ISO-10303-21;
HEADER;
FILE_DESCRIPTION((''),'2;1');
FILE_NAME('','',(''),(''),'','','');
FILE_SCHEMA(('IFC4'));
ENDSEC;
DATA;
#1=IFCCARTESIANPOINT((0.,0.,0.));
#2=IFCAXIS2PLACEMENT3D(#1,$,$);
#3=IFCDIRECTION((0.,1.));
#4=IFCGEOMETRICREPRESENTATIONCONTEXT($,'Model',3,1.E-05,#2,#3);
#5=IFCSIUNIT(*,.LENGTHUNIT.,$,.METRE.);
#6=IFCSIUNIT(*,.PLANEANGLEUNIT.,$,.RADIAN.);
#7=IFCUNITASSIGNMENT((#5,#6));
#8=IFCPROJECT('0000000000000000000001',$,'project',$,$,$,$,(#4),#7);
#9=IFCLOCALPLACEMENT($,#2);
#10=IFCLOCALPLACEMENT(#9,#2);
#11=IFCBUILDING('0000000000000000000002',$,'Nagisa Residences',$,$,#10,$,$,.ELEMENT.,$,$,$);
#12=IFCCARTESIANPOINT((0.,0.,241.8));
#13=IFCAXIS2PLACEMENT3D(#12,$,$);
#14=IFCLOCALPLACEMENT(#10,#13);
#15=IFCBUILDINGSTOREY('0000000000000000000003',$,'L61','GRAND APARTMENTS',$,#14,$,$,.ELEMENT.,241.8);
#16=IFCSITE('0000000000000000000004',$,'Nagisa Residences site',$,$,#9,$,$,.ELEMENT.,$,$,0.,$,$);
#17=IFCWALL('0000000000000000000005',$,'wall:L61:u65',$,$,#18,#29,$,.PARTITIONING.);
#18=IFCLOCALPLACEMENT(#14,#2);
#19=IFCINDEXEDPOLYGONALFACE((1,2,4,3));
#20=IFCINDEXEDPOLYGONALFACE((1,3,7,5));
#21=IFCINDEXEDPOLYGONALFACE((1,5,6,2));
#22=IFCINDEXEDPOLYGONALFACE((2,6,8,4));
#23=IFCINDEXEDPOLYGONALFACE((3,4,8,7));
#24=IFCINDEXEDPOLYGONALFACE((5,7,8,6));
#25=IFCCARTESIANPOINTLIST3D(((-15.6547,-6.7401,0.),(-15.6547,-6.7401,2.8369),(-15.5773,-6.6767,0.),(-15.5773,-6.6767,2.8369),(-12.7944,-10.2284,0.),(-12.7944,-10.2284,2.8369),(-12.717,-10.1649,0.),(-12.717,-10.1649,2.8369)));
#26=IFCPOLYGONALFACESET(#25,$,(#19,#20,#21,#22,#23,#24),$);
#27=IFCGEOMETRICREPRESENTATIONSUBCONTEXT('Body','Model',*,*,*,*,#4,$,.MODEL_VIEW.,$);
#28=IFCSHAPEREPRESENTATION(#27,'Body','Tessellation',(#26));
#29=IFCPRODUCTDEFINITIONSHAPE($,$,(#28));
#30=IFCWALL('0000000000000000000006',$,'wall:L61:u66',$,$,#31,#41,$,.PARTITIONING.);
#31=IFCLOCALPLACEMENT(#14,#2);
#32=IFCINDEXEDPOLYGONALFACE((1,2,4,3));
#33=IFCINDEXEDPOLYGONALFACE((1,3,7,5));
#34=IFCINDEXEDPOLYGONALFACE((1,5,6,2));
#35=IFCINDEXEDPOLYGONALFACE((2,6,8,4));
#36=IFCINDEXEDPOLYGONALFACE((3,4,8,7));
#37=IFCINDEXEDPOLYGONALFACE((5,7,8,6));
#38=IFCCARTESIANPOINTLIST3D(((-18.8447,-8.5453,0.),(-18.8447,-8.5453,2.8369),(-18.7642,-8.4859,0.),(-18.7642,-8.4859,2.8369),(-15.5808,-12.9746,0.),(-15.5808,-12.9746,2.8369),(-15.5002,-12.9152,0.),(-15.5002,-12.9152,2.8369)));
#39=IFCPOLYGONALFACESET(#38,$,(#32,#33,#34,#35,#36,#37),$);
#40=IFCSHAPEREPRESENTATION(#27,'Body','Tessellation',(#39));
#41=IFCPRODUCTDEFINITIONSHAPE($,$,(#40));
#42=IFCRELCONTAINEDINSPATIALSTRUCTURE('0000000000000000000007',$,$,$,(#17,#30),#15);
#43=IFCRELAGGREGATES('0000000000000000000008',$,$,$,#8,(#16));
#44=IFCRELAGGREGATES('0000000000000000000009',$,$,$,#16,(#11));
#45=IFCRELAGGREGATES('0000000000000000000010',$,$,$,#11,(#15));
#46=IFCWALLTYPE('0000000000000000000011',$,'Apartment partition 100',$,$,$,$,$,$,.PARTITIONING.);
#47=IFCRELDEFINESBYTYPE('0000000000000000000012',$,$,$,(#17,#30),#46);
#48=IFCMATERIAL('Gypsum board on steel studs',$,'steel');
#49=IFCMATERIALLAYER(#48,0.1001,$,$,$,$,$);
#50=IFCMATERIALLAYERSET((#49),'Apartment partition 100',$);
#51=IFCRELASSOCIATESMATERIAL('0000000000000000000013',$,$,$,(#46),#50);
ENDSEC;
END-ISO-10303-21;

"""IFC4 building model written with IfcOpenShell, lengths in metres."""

from ifc_helpers import new_model, si_unit, direction, frame, frame_2d, origin, place, context, subcontext, project, spatial, rectangle, extrude, material, layer, layer_set, type_object, element, save


model = new_model("IFC4")

# Units and contexts
model_context = context("Model", 3, precision=1e-05, world=origin(), true_north=direction((0.0, 1.0)))
body_context = subcontext(model_context, "Body", "Model", "MODEL_VIEW")
ifc_project = project(units=[si_unit("LENGTHUNIT", "METRE"), si_unit("PLANEANGLEUNIT", "RADIAN")], contexts=[model_context])

# Site, building, storey
site_placement = place(None, origin())
site = spatial("IfcSite", under=ifc_project, at=site_placement, Name="Nagisa Residences site", CompositionType="ELEMENT", RefElevation=0.0)
building_placement = place(site_placement, origin())
building = spatial("IfcBuilding", under=site, at=building_placement, Name="Nagisa Residences", CompositionType="ELEMENT")
storey_placement = place(building_placement, frame((0.0, 0.0, 241.8)))
storey = spatial("IfcBuildingStorey", under=building, at=storey_placement, Name="L61", Description="GRAND APARTMENTS", CompositionType="ELEMENT", Elevation=241.8)

# Shared definitions
ifc_material_1 = material(Name="Gypsum board on steel studs", Category="steel")
ifc_layer_1 = layer(ifc_material_1, 0.1001)
ifc_layer_set_1 = layer_set([ifc_layer_1], Name="Apartment partition 100")
wall_type_1 = type_object("IfcWallType", Name="Apartment partition 100", PredefinedType="PARTITIONING", material=ifc_layer_set_1)

# Walls
wall_1_placement = place(storey_placement, frame((-15.616, -6.7085, 0.0), z_axis=(0.0, 0.0, 1.0), x_axis=(0.634074, -0.773272, 0.0)))
element("IfcWall", 1, at=wall_1_placement, inside=storey, type_object=wall_type_1, Name="wall:L61:u65", PredefinedType="PARTITIONING", context=body_context, shape_type="SweptSolid", body=[
    extrude(rectangle(XDim=4.511, YDim=0.1001, at=frame_2d((2.2554, 0.0))), origin(), (0.0, 0.0, 1.0), 2.8369),
])
wall_2_placement = place(storey_placement, frame((-18.8044, -8.5156, 0.0), z_axis=(0.0, 0.0, 1.0), x_axis=(0.593234, -0.80503, 0.0)))
element("IfcWall", 2, at=wall_2_placement, inside=storey, type_object=wall_type_1, Name="wall:L61:u66", PredefinedType="PARTITIONING", context=body_context, shape_type="SweptSolid", body=[
    extrude(rectangle(XDim=5.502, YDim=0.1001, at=frame_2d((2.751, 0.0))), origin(), (0.0, 0.0, 1.0), 2.8369),
])

save(model, "model.ifc")
